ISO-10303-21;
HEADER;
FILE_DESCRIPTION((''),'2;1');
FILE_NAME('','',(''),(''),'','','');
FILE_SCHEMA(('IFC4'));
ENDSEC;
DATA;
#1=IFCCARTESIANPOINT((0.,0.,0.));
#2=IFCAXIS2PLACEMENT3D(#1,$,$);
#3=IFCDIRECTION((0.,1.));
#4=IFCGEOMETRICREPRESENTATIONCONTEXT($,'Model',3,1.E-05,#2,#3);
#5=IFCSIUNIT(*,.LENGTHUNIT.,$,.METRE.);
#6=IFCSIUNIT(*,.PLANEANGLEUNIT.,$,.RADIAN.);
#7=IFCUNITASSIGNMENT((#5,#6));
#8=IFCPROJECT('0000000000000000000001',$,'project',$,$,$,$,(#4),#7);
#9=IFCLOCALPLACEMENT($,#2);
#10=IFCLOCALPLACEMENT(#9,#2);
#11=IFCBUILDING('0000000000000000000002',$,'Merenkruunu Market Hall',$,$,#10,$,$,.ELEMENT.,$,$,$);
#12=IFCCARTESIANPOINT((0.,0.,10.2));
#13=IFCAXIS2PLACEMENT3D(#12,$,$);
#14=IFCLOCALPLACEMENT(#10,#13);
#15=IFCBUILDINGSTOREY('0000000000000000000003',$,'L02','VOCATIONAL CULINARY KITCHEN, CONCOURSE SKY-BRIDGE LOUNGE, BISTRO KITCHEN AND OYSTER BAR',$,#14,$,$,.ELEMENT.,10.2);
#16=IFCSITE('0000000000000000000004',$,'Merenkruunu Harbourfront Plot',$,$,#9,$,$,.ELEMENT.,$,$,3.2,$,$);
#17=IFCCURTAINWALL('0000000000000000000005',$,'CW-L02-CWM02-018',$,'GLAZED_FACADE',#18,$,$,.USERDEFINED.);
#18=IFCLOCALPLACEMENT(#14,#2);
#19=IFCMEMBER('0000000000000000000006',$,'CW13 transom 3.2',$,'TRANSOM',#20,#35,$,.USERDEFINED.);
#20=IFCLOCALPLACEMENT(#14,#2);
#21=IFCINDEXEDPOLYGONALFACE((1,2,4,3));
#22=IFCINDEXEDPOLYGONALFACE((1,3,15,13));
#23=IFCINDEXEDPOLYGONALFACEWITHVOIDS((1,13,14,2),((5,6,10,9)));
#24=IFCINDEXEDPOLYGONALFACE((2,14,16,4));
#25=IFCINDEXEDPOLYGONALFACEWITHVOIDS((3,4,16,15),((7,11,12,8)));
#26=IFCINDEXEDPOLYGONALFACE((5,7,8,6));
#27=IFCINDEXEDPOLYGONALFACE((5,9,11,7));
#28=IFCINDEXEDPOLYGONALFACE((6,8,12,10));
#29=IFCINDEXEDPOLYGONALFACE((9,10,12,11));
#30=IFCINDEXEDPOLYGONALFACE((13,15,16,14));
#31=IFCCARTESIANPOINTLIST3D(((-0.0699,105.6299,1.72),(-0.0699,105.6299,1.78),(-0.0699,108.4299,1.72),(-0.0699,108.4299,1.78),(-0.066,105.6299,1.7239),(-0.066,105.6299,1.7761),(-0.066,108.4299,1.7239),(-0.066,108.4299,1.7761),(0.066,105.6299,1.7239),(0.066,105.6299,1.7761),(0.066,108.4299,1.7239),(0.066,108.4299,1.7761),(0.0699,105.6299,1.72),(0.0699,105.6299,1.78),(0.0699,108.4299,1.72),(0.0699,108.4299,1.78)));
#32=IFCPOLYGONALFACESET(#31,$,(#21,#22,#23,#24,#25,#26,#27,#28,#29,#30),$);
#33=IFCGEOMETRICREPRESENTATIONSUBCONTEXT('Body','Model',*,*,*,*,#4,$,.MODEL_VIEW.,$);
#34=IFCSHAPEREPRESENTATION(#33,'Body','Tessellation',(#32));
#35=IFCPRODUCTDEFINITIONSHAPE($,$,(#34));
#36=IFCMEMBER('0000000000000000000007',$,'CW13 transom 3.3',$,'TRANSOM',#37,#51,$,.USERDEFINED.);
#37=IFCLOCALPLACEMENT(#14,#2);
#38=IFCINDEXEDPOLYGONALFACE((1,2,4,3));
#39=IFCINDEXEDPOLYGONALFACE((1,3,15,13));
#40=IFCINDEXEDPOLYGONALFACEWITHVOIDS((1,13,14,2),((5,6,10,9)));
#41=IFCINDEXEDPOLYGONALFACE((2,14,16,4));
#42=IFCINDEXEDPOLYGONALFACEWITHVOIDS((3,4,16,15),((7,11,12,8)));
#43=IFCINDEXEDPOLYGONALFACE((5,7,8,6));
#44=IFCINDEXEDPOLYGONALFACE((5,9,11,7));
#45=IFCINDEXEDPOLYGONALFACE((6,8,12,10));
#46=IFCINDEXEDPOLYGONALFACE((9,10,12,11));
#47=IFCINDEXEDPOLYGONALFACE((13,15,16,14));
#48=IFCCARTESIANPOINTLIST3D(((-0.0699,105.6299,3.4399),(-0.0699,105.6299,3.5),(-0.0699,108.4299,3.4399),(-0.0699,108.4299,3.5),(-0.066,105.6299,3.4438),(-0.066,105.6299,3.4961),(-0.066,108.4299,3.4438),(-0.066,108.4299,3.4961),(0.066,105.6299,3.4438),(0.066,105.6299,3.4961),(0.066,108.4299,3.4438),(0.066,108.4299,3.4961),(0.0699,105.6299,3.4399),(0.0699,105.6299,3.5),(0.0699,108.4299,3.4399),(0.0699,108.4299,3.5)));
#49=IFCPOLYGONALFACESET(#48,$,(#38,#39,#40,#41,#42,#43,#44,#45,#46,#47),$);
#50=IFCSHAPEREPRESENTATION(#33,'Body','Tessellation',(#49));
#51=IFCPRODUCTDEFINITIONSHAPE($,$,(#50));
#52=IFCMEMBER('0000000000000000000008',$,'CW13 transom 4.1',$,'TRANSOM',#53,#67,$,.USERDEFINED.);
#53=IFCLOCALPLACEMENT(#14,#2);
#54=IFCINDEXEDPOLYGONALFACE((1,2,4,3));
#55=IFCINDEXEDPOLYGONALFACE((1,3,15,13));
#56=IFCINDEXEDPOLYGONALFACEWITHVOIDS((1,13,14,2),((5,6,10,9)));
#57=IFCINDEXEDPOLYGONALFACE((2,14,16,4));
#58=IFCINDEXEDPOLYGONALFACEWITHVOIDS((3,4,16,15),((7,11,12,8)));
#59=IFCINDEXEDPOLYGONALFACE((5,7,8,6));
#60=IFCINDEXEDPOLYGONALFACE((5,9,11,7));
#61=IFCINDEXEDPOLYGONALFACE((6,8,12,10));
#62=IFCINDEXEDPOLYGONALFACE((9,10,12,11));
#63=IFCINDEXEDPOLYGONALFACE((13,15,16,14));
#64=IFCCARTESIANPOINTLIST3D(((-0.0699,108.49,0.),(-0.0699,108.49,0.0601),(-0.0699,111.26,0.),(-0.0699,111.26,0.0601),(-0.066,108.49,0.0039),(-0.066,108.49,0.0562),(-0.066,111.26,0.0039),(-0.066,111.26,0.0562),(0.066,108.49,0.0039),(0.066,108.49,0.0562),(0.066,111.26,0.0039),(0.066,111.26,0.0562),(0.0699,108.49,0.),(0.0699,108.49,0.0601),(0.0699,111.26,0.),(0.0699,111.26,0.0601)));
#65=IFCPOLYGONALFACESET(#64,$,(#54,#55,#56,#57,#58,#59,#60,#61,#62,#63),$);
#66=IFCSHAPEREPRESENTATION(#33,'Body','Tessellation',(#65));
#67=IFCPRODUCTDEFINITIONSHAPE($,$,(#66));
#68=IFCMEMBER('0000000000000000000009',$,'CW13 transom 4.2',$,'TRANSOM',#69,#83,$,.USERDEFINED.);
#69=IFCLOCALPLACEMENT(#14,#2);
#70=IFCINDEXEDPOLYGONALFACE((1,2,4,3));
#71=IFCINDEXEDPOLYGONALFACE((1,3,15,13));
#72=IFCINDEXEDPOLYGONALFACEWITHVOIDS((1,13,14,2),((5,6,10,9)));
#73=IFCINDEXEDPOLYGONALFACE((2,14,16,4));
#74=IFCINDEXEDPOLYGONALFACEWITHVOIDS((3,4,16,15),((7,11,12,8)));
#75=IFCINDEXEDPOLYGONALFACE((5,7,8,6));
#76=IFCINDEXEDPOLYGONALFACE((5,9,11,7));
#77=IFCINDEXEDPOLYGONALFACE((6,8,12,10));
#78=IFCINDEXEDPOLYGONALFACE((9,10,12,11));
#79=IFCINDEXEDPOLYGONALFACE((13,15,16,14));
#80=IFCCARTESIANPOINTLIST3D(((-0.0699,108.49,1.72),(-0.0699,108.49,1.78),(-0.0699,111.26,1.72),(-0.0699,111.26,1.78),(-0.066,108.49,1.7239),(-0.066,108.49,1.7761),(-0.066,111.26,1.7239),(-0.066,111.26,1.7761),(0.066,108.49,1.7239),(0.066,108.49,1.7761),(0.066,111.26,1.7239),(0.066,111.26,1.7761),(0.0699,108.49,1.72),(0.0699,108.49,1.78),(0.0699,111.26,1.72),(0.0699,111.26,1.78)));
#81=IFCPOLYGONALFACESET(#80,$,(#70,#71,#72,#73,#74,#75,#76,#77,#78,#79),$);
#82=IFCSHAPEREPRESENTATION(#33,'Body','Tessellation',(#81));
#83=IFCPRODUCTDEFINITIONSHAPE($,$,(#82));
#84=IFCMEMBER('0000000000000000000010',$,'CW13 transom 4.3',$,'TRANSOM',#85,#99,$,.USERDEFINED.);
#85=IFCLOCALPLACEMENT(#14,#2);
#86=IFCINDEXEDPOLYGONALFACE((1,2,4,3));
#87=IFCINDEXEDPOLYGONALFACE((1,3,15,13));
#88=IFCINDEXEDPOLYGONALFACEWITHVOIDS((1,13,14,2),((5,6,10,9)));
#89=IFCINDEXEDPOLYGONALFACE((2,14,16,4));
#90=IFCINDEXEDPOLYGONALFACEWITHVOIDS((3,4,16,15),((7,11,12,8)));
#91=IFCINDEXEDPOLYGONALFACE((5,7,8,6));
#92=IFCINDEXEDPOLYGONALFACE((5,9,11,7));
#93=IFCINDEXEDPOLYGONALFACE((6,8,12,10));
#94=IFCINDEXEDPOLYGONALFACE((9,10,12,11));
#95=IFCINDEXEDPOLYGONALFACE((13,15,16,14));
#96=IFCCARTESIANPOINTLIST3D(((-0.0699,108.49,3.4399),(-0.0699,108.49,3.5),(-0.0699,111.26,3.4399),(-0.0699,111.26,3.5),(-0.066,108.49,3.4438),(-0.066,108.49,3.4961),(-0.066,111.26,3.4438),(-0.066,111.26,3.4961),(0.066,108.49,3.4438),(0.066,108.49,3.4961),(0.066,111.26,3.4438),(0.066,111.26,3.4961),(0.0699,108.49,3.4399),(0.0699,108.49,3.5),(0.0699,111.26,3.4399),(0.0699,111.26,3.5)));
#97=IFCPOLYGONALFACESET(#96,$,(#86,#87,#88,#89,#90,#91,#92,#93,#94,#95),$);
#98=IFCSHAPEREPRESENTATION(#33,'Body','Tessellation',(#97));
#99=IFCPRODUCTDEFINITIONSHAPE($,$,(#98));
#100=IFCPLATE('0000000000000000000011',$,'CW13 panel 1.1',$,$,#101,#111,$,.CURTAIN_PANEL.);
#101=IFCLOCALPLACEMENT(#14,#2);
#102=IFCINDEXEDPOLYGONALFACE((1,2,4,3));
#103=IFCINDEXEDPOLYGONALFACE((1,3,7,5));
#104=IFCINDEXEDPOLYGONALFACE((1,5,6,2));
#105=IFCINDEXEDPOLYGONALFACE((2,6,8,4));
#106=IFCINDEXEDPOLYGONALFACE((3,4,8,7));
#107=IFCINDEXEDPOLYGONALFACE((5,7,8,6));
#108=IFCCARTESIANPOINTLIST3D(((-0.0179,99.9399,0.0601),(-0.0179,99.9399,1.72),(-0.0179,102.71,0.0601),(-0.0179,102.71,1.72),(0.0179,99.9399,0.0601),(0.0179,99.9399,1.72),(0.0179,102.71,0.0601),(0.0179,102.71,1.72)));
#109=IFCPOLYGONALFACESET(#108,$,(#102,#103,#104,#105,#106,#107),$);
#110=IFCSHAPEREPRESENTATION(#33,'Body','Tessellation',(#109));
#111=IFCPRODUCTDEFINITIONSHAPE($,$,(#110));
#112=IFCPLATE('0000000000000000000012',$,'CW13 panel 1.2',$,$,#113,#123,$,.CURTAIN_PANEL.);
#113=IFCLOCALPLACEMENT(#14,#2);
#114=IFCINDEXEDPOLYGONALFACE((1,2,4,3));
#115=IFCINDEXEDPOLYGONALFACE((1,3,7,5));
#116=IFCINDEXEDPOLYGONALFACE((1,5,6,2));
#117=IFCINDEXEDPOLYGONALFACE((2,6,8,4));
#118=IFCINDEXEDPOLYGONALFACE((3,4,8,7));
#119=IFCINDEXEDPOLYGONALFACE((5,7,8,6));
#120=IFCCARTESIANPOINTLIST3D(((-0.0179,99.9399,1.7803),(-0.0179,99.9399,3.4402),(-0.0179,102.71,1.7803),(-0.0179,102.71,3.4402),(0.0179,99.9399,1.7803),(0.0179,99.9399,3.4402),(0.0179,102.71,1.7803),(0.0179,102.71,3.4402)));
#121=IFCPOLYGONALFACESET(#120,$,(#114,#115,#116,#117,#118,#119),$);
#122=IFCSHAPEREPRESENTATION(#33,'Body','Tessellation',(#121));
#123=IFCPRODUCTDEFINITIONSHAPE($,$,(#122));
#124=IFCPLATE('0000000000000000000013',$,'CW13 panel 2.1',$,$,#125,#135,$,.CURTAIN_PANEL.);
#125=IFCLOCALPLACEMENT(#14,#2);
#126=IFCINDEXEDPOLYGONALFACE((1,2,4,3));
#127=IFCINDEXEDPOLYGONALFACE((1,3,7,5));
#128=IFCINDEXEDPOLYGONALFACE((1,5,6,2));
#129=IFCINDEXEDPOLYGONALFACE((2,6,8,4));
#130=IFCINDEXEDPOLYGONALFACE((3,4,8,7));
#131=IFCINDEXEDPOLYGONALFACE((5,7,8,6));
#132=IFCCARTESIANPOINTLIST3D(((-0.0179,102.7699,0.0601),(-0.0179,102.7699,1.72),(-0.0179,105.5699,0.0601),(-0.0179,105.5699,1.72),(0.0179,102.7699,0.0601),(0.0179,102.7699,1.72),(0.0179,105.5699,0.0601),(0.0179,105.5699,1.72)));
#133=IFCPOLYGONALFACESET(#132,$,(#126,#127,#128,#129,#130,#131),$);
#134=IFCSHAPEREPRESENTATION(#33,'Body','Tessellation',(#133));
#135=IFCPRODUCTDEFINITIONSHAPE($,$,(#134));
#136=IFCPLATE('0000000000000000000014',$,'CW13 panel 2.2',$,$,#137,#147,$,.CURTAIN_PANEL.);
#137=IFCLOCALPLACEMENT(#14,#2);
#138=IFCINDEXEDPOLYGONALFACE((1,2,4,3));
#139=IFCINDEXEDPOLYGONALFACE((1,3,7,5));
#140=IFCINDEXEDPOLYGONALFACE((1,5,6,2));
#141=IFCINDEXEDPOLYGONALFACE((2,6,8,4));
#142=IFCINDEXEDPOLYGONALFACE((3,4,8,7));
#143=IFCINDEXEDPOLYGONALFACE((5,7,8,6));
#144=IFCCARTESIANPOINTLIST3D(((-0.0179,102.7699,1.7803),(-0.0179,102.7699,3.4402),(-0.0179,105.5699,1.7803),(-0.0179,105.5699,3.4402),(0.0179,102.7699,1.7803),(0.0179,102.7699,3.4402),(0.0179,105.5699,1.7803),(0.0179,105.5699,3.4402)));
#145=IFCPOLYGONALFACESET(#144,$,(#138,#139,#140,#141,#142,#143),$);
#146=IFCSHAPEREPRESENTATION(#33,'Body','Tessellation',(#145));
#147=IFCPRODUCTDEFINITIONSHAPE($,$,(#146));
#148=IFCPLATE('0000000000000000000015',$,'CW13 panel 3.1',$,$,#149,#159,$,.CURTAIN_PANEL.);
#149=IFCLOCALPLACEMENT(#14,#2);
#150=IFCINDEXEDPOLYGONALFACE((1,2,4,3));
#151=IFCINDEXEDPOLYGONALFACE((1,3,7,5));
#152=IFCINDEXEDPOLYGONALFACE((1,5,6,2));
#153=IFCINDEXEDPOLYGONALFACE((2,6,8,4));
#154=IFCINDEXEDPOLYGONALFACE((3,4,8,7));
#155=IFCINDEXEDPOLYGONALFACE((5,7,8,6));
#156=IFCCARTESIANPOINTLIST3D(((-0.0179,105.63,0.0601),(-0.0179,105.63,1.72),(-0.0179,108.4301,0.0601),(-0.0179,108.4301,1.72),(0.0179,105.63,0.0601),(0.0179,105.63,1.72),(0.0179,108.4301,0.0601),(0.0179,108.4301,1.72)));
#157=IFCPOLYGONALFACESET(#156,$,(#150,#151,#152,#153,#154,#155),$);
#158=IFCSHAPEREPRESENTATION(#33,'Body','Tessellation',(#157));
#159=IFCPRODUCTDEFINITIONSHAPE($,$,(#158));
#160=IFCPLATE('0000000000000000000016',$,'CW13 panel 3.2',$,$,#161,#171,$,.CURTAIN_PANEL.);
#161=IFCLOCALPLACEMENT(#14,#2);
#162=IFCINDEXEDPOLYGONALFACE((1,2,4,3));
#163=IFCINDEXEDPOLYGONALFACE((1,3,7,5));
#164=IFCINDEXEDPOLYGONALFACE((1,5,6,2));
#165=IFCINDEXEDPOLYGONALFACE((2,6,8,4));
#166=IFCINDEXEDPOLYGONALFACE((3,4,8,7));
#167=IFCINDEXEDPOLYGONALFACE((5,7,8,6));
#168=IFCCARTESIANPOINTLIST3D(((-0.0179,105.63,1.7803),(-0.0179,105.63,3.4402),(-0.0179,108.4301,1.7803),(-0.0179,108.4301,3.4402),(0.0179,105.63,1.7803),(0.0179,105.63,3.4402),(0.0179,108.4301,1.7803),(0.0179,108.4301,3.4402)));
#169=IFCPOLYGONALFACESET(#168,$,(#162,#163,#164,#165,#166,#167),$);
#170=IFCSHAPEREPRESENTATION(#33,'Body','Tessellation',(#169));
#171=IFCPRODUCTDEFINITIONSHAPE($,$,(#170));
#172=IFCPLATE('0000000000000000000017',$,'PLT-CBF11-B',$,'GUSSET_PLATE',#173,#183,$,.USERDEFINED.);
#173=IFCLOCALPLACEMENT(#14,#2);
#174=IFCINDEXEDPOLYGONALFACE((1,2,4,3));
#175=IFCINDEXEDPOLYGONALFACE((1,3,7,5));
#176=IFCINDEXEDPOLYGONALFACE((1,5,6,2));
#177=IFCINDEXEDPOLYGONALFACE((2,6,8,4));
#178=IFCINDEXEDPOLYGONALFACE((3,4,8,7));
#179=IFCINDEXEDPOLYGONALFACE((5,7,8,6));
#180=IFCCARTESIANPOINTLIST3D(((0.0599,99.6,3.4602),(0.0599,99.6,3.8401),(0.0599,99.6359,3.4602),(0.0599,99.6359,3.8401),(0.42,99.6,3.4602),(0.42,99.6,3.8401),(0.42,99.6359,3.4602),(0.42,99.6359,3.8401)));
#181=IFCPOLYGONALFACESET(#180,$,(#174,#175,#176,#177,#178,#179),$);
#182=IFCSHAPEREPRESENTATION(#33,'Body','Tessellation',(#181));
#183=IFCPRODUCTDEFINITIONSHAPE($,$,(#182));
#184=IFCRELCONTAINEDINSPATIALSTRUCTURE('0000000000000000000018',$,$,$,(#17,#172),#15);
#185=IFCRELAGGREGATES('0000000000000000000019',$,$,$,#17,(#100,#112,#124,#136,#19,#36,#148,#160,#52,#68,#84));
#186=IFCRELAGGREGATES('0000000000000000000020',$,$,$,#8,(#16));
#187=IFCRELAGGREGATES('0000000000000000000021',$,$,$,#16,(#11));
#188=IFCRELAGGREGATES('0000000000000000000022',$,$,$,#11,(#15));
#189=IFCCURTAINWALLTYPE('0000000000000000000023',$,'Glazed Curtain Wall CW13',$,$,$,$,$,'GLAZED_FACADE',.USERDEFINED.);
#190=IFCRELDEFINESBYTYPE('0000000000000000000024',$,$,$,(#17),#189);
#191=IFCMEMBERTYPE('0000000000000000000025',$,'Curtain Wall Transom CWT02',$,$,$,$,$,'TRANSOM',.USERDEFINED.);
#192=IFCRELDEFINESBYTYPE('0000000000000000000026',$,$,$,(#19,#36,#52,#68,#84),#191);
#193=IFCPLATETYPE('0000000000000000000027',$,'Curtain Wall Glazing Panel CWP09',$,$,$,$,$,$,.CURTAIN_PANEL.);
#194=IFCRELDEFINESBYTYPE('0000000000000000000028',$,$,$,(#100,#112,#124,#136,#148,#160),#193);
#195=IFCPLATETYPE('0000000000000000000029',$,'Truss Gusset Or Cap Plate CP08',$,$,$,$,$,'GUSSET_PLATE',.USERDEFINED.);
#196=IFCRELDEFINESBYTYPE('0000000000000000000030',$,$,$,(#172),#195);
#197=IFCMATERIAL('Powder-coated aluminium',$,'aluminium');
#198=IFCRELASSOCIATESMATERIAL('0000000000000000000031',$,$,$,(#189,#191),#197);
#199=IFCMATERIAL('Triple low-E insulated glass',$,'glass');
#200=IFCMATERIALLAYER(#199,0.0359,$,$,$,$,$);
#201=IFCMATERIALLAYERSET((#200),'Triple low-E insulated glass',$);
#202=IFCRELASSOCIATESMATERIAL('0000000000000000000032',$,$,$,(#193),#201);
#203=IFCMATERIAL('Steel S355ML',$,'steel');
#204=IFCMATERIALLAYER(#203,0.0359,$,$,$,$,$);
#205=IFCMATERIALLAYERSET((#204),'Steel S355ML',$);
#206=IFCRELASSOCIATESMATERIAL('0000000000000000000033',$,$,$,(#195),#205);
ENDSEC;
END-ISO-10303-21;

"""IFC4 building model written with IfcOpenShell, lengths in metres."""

from ifc_helpers import new_model, si_unit, direction, frame, origin, origin_2d, place, context, subcontext, project, spatial, rectangle, hollow_rectangle, extrude, material, layer, layer_set, material_profile, profile_set, type_object, element, aggregate, save


model = new_model("IFC4")

# Units and contexts
model_context = context("Model", 3, precision=1e-05, world=origin(), true_north=direction((0.0, 1.0)))
body_context = subcontext(model_context, "Body", "Model", "MODEL_VIEW")
ifc_project = project(units=[si_unit("LENGTHUNIT", "METRE"), si_unit("PLANEANGLEUNIT", "RADIAN")], contexts=[model_context])

# Site, building, storey
site_placement = place(None, origin())
site = spatial("IfcSite", under=ifc_project, at=site_placement, Name="Merenkruunu Harbourfront Plot", CompositionType="ELEMENT", RefElevation=3.2)
building_placement = place(site_placement, origin())
building = spatial("IfcBuilding", under=site, at=building_placement, Name="Merenkruunu Market Hall", CompositionType="ELEMENT")
storey_placement = place(building_placement, frame((0.0, 0.0, 10.2)))
storey = spatial("IfcBuildingStorey", under=building, at=storey_placement, Name="L02", Description="VOCATIONAL CULINARY KITCHEN, CONCOURSE SKY-BRIDGE LOUNGE, BISTRO KITCHEN AND OYSTER BAR", CompositionType="ELEMENT", Elevation=10.2)

# Curtain wall, members, plates
ifc_material_1 = material(Name="Powder-coated aluminium", Category="aluminium")
curtain_wall_type = type_object("IfcCurtainWallType", Name="Glazed Curtain Wall CW13", ElementType="GLAZED_FACADE", PredefinedType="USERDEFINED", material=ifc_material_1)
curtain_wall_placement = place(storey_placement, origin())
curtain_wall = element("IfcCurtainWall", 1, at=curtain_wall_placement, inside=storey, type_object=curtain_wall_type, Name="CW-L02-CWM02-018", ObjectType="GLAZED_FACADE", PredefinedType="USERDEFINED")
ifc_material_profile_1 = material_profile(ifc_material_1, hollow_rectangle(XDim=0.0601, YDim=0.1399, WallThickness=0.0039, at=origin_2d()), Name="ALU 60x140x4")
ifc_profile_set_1 = profile_set([ifc_material_profile_1], Name="Powder-coated aluminium")
member_type_1 = type_object("IfcMemberType", Name="Curtain Wall Transom CWT02", ElementType="TRANSOM", PredefinedType="USERDEFINED", material=ifc_profile_set_1)
member_1_placement = place(storey_placement, frame((0.0, 105.6299, 1.75), z_axis=(0.0, 1.0, 0.0), x_axis=(0.0, 0.0, 1.0)))
member_1 = element("IfcMember", 2, at=member_1_placement, type_object=member_type_1, Name="CW13 transom 3.2", ObjectType="TRANSOM", PredefinedType="USERDEFINED", context=body_context, shape_type="SweptSolid", body=[
    extrude(hollow_rectangle(XDim=0.0601, YDim=0.1399, WallThickness=0.0039, at=origin_2d()), origin(), (0.0, 0.0, 1.0), 2.8),
])
member_2_placement = place(storey_placement, frame((0.0, 105.6299, 3.47), z_axis=(0.0, 1.0, 0.0), x_axis=(0.0, 0.0, 1.0)))
member_2 = element("IfcMember", 3, at=member_2_placement, type_object=member_type_1, Name="CW13 transom 3.3", ObjectType="TRANSOM", PredefinedType="USERDEFINED", context=body_context, shape_type="SweptSolid", body=[
    extrude(hollow_rectangle(XDim=0.0601, YDim=0.1399, WallThickness=0.0039, at=origin_2d()), origin(), (0.0, 0.0, 1.0), 2.8),
])
member_3_placement = place(storey_placement, frame((0.0, 108.49, 0.03), z_axis=(0.0, 1.0, 0.0), x_axis=(0.0, 0.0, 1.0)))
member_3 = element("IfcMember", 4, at=member_3_placement, type_object=member_type_1, Name="CW13 transom 4.1", ObjectType="TRANSOM", PredefinedType="USERDEFINED", context=body_context, shape_type="SweptSolid", body=[
    extrude(hollow_rectangle(XDim=0.0601, YDim=0.1399, WallThickness=0.0039, at=origin_2d()), origin(), (0.0, 0.0, 1.0), 2.77),
])
member_4_placement = place(storey_placement, frame((0.0, 108.49, 1.75), z_axis=(0.0, 1.0, 0.0), x_axis=(0.0, 0.0, 1.0)))
member_4 = element("IfcMember", 5, at=member_4_placement, type_object=member_type_1, Name="CW13 transom 4.2", ObjectType="TRANSOM", PredefinedType="USERDEFINED", context=body_context, shape_type="SweptSolid", body=[
    extrude(hollow_rectangle(XDim=0.0601, YDim=0.1399, WallThickness=0.0039, at=origin_2d()), origin(), (0.0, 0.0, 1.0), 2.77),
])
member_5_placement = place(storey_placement, frame((0.0, 108.49, 3.47), z_axis=(0.0, 1.0, 0.0), x_axis=(0.0, 0.0, 1.0)))
member_5 = element("IfcMember", 6, at=member_5_placement, type_object=member_type_1, Name="CW13 transom 4.3", ObjectType="TRANSOM", PredefinedType="USERDEFINED", context=body_context, shape_type="SweptSolid", body=[
    extrude(hollow_rectangle(XDim=0.0601, YDim=0.1399, WallThickness=0.0039, at=origin_2d()), origin(), (0.0, 0.0, 1.0), 2.77),
])
ifc_material_2 = material(Name="Triple low-E insulated glass", Category="glass")
ifc_layer_1 = layer(ifc_material_2, 0.0359)
ifc_layer_set_1 = layer_set([ifc_layer_1], Name="Triple low-E insulated glass")
plate_type_1 = type_object("IfcPlateType", Name="Curtain Wall Glazing Panel CWP09", PredefinedType="CURTAIN_PANEL", material=ifc_layer_set_1)
plate_1_placement = place(storey_placement, frame((0.0, 101.325, 0.0601), z_axis=(0.0, 0.0, 1.0), x_axis=(0.0, 1.0, 0.0)))
plate_1 = element("IfcPlate", 7, at=plate_1_placement, type_object=plate_type_1, Name="CW13 panel 1.1", PredefinedType="CURTAIN_PANEL", context=body_context, shape_type="SweptSolid", body=[
    extrude(rectangle(XDim=2.77, YDim=0.0359, at=origin_2d()), origin(), (0.0, 0.0, 1.0), 1.6599),
])
plate_2_placement = place(storey_placement, frame((0.0, 101.325, 1.7803), z_axis=(0.0, 0.0, 1.0), x_axis=(0.0, 1.0, 0.0)))
plate_2 = element("IfcPlate", 8, at=plate_2_placement, type_object=plate_type_1, Name="CW13 panel 1.2", PredefinedType="CURTAIN_PANEL", context=body_context, shape_type="SweptSolid", body=[
    extrude(rectangle(XDim=2.77, YDim=0.0359, at=origin_2d()), origin(), (0.0, 0.0, 1.0), 1.6599),
])
plate_3_placement = place(storey_placement, frame((0.0, 104.1699, 0.0601), z_axis=(0.0, 0.0, 1.0), x_axis=(0.0, 1.0, 0.0)))
plate_3 = element("IfcPlate", 9, at=plate_3_placement, type_object=plate_type_1, Name="CW13 panel 2.1", PredefinedType="CURTAIN_PANEL", context=body_context, shape_type="SweptSolid", body=[
    extrude(rectangle(XDim=2.8, YDim=0.0359, at=origin_2d()), origin(), (0.0, 0.0, 1.0), 1.6599),
])
plate_4_placement = place(storey_placement, frame((0.0, 104.1699, 1.7803), z_axis=(0.0, 0.0, 1.0), x_axis=(0.0, 1.0, 0.0)))
plate_4 = element("IfcPlate", 10, at=plate_4_placement, type_object=plate_type_1, Name="CW13 panel 2.2", PredefinedType="CURTAIN_PANEL", context=body_context, shape_type="SweptSolid", body=[
    extrude(rectangle(XDim=2.8, YDim=0.0359, at=origin_2d()), origin(), (0.0, 0.0, 1.0), 1.6599),
])
plate_5_placement = place(storey_placement, frame((0.0, 107.03, 0.0601), z_axis=(0.0, 0.0, 1.0), x_axis=(0.0, 1.0, 0.0)))
plate_5 = element("IfcPlate", 11, at=plate_5_placement, type_object=plate_type_1, Name="CW13 panel 3.1", PredefinedType="CURTAIN_PANEL", context=body_context, shape_type="SweptSolid", body=[
    extrude(rectangle(XDim=2.8, YDim=0.0359, at=origin_2d()), origin(), (0.0, 0.0, 1.0), 1.6599),
])
plate_6_placement = place(storey_placement, frame((0.0, 107.03, 1.7803), z_axis=(0.0, 0.0, 1.0), x_axis=(0.0, 1.0, 0.0)))
plate_6 = element("IfcPlate", 12, at=plate_6_placement, type_object=plate_type_1, Name="CW13 panel 3.2", PredefinedType="CURTAIN_PANEL", context=body_context, shape_type="SweptSolid", body=[
    extrude(rectangle(XDim=2.8, YDim=0.0359, at=origin_2d()), origin(), (0.0, 0.0, 1.0), 1.6599),
])
aggregate(curtain_wall, [plate_1, plate_2, plate_3, plate_4, member_1, member_2, plate_5, plate_6, member_3, member_4, member_5])

# Plate
ifc_material_3 = material(Name="Steel S355ML", Category="steel")
ifc_layer_2 = layer(ifc_material_3, 0.0359)
ifc_layer_set_2 = layer_set([ifc_layer_2], Name="Steel S355ML")
plate_type_2 = type_object("IfcPlateType", Name="Truss Gusset Or Cap Plate CP08", ElementType="GUSSET_PLATE", PredefinedType="USERDEFINED", material=ifc_layer_set_2)
plate_7_placement = place(storey_placement, frame((0.24, 99.6179, 3.4602), z_axis=(0.0, 0.0, 1.0), x_axis=(1.0, 0.0, 0.0)))
element("IfcPlate", 13, at=plate_7_placement, inside=storey, type_object=plate_type_2, Name="PLT-CBF11-B", ObjectType="GUSSET_PLATE", PredefinedType="USERDEFINED", context=body_context, shape_type="SweptSolid", body=[
    extrude(rectangle(XDim=0.3601, YDim=0.0359, at=origin_2d()), origin(), (0.0, 0.0, 1.0), 0.3799),
])

save(model, "model.ifc")
